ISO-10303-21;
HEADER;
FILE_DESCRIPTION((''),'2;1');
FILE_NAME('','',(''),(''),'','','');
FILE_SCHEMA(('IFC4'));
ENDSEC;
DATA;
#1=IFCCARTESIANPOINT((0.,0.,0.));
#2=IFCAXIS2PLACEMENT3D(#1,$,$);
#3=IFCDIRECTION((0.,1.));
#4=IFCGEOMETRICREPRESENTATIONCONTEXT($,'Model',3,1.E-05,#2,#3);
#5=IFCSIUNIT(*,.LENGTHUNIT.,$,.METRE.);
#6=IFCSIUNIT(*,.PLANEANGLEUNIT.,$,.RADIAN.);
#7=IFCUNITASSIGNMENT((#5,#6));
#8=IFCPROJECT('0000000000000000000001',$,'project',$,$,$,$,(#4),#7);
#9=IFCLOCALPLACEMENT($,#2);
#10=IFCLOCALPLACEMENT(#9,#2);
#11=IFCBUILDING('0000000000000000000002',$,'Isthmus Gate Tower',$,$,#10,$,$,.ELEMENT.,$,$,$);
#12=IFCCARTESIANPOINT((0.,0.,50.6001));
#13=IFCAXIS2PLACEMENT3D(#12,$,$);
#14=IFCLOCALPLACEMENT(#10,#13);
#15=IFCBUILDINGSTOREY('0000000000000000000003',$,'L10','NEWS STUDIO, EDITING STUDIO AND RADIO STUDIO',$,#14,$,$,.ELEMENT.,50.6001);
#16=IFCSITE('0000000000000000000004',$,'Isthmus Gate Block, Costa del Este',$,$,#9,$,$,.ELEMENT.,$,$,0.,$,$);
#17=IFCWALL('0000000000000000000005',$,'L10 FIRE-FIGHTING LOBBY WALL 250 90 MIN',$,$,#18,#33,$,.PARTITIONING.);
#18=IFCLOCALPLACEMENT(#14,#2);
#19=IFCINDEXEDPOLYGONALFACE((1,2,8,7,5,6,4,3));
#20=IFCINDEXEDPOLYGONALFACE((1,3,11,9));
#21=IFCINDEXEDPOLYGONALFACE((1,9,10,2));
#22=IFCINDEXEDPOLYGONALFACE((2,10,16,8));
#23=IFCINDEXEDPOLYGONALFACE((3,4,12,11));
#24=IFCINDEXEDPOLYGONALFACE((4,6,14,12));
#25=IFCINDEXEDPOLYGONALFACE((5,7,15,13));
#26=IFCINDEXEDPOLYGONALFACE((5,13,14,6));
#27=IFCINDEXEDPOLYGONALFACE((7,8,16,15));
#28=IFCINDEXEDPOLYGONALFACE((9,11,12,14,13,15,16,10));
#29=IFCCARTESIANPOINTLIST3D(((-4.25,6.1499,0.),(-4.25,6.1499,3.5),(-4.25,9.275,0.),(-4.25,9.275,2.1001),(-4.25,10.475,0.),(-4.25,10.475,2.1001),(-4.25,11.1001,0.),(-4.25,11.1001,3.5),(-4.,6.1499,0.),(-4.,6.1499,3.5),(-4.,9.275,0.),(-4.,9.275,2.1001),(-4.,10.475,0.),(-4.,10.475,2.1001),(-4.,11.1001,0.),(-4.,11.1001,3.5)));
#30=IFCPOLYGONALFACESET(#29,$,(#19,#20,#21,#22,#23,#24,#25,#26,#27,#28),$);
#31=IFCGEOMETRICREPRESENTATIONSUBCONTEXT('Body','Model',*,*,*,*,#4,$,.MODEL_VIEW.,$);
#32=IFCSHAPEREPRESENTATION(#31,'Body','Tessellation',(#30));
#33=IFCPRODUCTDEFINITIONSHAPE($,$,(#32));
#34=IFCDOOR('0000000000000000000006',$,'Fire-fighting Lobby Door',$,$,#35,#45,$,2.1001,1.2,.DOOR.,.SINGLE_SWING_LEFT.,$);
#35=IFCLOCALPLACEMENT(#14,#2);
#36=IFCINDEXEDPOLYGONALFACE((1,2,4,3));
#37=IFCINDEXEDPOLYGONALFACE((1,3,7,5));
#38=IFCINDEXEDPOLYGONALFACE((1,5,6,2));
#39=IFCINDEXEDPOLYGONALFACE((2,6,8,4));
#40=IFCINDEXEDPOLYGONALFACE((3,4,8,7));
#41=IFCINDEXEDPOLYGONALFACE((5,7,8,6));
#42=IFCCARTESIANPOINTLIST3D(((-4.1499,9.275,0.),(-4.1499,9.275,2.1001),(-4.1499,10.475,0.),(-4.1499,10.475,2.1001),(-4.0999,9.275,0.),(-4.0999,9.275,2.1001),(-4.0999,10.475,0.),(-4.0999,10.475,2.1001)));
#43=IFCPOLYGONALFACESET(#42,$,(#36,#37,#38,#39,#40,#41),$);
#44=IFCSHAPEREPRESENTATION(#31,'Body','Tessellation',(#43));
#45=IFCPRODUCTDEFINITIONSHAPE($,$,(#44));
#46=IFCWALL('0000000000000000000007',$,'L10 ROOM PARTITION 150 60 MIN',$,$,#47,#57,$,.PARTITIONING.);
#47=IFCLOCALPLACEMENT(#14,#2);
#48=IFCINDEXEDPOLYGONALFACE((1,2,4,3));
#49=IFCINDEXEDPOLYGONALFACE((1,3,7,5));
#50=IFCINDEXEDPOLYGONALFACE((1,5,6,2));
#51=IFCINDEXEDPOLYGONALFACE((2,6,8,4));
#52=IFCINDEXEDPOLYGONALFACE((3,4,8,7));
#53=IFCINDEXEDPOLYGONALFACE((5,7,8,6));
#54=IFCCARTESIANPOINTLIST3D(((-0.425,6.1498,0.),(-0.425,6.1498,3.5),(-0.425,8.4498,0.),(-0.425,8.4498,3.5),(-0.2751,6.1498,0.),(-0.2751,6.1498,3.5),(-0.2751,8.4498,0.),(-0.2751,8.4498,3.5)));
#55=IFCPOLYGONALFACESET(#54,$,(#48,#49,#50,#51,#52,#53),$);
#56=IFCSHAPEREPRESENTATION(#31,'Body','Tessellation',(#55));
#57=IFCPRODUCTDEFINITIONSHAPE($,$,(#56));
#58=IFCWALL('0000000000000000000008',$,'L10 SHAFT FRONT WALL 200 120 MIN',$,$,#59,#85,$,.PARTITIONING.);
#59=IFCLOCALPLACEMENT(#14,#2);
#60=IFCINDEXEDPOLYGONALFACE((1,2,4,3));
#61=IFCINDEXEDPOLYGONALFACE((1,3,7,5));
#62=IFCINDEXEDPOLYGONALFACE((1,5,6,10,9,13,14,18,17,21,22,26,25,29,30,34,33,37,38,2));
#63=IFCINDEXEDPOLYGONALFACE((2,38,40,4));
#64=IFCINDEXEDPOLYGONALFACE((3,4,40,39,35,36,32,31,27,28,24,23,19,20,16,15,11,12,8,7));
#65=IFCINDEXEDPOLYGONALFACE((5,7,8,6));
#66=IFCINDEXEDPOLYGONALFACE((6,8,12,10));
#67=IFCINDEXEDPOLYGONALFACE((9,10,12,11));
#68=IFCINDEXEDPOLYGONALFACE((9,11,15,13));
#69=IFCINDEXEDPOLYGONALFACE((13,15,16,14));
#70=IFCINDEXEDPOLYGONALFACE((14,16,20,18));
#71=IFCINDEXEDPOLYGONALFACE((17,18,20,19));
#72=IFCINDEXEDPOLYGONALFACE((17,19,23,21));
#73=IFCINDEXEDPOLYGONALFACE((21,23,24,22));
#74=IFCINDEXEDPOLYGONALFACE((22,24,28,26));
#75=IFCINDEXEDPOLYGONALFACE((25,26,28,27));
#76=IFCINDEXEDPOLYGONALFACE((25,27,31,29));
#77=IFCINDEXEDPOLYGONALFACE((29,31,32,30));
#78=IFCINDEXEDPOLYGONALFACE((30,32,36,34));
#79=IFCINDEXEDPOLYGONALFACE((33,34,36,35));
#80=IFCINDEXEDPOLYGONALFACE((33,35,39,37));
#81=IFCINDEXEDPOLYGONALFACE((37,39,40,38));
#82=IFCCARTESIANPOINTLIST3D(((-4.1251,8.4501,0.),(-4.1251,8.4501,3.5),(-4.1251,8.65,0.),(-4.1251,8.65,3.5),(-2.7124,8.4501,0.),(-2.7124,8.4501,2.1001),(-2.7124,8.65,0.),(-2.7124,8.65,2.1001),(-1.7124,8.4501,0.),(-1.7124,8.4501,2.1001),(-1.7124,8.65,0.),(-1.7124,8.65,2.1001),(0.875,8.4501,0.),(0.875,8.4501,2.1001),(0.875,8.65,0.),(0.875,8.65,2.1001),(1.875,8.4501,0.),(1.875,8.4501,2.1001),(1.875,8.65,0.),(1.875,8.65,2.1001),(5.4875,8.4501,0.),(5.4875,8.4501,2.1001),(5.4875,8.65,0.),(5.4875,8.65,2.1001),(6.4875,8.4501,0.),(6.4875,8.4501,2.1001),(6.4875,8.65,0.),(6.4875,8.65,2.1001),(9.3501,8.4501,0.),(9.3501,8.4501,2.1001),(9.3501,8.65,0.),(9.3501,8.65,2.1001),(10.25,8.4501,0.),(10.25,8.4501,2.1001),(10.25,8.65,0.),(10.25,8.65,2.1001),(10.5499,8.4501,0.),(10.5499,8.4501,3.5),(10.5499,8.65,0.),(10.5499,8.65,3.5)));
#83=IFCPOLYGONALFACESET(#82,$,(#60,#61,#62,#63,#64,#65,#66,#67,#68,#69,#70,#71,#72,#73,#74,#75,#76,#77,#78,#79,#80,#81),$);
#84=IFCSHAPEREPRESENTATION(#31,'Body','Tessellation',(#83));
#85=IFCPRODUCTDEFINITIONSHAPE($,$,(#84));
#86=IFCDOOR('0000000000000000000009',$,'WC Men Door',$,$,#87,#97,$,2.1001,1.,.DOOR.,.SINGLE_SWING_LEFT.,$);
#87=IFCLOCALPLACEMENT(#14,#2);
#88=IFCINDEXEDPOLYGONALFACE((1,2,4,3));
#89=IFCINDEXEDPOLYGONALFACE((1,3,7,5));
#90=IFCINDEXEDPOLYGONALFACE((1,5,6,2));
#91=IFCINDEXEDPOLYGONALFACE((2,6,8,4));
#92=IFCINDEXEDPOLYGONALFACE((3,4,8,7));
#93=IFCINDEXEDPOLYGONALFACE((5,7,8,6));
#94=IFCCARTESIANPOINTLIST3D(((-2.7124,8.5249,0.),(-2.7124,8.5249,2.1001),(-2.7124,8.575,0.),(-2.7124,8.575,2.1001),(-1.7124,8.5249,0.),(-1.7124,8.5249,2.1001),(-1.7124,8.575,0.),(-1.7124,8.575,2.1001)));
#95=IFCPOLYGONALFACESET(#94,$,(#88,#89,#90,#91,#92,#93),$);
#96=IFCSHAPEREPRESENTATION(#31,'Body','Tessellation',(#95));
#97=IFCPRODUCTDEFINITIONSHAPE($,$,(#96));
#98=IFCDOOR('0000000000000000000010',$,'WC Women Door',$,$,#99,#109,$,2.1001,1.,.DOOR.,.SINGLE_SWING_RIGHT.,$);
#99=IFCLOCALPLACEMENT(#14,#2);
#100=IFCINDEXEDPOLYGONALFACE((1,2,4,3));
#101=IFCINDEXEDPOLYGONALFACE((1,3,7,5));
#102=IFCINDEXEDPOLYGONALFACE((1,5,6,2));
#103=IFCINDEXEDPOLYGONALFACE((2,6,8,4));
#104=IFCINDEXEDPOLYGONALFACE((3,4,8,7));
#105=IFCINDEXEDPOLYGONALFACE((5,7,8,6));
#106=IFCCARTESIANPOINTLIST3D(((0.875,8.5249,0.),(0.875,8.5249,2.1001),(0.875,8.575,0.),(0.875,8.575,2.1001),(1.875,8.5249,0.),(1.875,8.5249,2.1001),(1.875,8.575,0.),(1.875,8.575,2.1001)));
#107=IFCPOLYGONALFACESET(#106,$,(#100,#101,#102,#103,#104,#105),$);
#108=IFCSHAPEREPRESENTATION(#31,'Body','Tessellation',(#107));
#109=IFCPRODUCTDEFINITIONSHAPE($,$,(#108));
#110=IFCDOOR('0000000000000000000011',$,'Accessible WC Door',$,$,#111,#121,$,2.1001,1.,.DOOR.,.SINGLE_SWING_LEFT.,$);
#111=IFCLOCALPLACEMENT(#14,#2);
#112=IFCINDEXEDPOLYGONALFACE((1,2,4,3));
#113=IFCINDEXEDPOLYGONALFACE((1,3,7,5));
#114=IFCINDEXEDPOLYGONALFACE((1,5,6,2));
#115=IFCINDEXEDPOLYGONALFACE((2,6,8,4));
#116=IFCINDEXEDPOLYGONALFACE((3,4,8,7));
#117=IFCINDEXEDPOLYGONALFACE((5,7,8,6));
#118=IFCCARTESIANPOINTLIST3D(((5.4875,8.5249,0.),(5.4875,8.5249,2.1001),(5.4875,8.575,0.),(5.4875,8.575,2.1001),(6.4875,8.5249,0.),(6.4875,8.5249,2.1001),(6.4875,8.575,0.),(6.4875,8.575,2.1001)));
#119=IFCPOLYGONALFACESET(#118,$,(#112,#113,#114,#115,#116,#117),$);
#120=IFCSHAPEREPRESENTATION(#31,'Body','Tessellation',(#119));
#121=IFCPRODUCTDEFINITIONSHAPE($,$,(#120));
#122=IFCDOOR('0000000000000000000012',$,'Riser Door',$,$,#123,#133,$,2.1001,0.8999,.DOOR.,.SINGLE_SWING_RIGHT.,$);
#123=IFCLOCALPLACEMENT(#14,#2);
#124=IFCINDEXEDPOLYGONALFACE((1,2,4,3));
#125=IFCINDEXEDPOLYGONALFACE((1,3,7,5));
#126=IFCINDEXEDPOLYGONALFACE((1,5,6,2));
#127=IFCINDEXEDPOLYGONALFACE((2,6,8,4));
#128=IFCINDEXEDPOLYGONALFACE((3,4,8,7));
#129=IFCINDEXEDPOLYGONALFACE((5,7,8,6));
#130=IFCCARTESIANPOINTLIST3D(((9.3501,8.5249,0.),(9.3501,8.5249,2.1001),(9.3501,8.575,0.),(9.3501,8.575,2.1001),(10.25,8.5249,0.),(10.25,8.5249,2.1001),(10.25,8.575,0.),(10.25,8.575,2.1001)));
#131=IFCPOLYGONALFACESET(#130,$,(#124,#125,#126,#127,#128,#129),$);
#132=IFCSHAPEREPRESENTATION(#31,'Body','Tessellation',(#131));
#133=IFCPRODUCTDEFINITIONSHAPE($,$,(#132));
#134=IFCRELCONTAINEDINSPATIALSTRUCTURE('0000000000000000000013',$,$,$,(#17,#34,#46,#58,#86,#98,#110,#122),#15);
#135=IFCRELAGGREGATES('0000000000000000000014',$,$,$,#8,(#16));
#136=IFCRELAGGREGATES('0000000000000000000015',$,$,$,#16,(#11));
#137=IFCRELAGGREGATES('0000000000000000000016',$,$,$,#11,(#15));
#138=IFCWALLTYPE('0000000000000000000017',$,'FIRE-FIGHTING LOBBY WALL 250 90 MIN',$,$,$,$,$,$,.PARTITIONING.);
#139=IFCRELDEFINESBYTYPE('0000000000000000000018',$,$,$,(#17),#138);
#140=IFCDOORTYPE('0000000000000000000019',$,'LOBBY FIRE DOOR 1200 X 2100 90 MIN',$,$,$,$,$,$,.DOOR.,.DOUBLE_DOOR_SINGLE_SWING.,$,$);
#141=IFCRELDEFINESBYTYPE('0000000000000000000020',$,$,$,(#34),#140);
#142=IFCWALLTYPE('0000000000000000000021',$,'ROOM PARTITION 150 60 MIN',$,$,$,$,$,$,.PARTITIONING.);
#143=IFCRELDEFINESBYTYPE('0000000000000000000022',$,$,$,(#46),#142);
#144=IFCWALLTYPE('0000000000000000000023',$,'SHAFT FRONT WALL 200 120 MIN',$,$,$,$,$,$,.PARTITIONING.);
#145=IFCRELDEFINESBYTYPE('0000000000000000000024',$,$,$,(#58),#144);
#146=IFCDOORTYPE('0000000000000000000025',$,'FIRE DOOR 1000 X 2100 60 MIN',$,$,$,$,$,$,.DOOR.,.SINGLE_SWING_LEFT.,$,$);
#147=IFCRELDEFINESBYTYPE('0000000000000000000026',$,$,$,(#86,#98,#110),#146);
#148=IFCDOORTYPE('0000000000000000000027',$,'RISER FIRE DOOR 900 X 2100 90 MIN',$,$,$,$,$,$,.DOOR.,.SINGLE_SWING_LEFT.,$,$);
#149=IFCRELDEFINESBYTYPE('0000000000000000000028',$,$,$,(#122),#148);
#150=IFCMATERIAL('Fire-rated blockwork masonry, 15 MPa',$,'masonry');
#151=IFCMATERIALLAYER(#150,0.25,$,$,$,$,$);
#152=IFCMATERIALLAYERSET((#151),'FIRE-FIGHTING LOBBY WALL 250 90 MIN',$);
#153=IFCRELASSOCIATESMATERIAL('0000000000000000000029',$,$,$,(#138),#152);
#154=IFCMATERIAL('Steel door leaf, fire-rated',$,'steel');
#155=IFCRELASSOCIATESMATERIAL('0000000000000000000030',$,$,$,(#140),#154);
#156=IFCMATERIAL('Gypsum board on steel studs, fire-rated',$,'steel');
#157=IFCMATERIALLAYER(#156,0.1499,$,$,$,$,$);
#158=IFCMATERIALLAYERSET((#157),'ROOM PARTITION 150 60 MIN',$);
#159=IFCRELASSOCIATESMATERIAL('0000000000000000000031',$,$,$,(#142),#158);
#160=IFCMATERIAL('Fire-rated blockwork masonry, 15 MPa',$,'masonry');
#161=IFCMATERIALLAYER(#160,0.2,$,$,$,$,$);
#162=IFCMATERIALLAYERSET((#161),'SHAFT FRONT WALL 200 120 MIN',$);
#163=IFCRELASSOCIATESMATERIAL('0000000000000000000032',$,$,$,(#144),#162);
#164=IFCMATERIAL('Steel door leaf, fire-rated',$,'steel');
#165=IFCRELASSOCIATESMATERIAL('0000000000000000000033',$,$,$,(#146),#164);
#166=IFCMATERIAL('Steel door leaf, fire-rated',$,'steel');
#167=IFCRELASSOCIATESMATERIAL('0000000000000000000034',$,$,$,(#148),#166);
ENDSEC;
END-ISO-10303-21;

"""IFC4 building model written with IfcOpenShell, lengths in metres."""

from ifc_helpers import new_model, si_unit, direction, frame, frame_2d, origin, place, context, subcontext, project, spatial, rectangle, extrude, material, layer, layer_set, type_object, element, fill, save


model = new_model("IFC4")

# Units and contexts
model_context = context("Model", 3, precision=1e-05, world=origin(), true_north=direction((0.0, 1.0)))
body_context = subcontext(model_context, "Body", "Model", "MODEL_VIEW")
ifc_project = project(units=[si_unit("LENGTHUNIT", "METRE"), si_unit("PLANEANGLEUNIT", "RADIAN")], contexts=[model_context])

# Site, building, storey
site_placement = place(None, origin())
site = spatial("IfcSite", under=ifc_project, at=site_placement, Name="Isthmus Gate Block, Costa del Este", CompositionType="ELEMENT", RefElevation=0.0)
building_placement = place(site_placement, origin())
building = spatial("IfcBuilding", under=site, at=building_placement, Name="Isthmus Gate Tower", CompositionType="ELEMENT")
storey_placement = place(building_placement, frame((0.0, 0.0, 50.6001)))
storey = spatial("IfcBuildingStorey", under=building, at=storey_placement, Name="L10", Description="NEWS STUDIO, EDITING STUDIO AND RADIO STUDIO", CompositionType="ELEMENT", Elevation=50.6001)

# Wall, opening, door
ifc_material_1 = material(Name="Fire-rated blockwork masonry, 15 MPa", Category="masonry")
ifc_layer_1 = layer(ifc_material_1, 0.25)
ifc_layer_set_1 = layer_set([ifc_layer_1], Name="FIRE-FIGHTING LOBBY WALL 250 90 MIN")
wall_type_1 = type_object("IfcWallType", Name="FIRE-FIGHTING LOBBY WALL 250 90 MIN", PredefinedType="PARTITIONING", material=ifc_layer_set_1)
wall_1_placement = place(storey_placement, frame((-4.125, 6.1499, 0.0), z_axis=(0.0, 0.0, 1.0), x_axis=(0.0, 1.0, 0.0)))
wall_1 = element("IfcWall", 1, at=wall_1_placement, inside=storey, type_object=wall_type_1, Name="L10 FIRE-FIGHTING LOBBY WALL 250 90 MIN", PredefinedType="PARTITIONING", context=body_context, shape_type="SweptSolid", body=[
    extrude(rectangle(XDim=4.9502, YDim=0.25, at=frame_2d((2.4751, 0.0))), origin(), (0.0, 0.0, 1.0), 3.5),
])
opening_1_placement = place(wall_1_placement, frame((3.125, 0.0, 0.0)))
opening_1 = element("IfcOpeningElement", 2, at=opening_1_placement, cuts=wall_1, PredefinedType="OPENING", context=body_context, shape_type="SweptSolid", body=[
    extrude(rectangle(XDim=1.2, YDim=2.1001, at=frame_2d((0.6001, 1.05))), frame((0.0, 0.135, 0.0), z_axis=(0.0, -1.0, 0.0), x_axis=(1.0, 0.0, 0.0)), (0.0, 0.0, 1.0), 0.27),
])
ifc_material_2 = material(Name="Steel door leaf, fire-rated", Category="steel")
door_type_1 = type_object("IfcDoorType", Name="LOBBY FIRE DOOR 1200 X 2100 90 MIN", OperationType="DOUBLE_DOOR_SINGLE_SWING", PredefinedType="DOOR", material=ifc_material_2)
door_1_placement = place(opening_1_placement, origin())
door_1 = element("IfcDoor", 3, at=door_1_placement, inside=storey, type_object=door_type_1, Name="Fire-fighting Lobby Door", OperationType="SINGLE_SWING_LEFT", OverallHeight=2.1001, OverallWidth=1.2, PredefinedType="DOOR", context=body_context, shape_type="SweptSolid", body=[
    extrude(rectangle(XDim=1.2, YDim=2.1001, at=frame_2d((0.6001, 1.05))), frame((0.0, 0.0249, 0.0), z_axis=(0.0, -1.0, 0.0), x_axis=(1.0, 0.0, 0.0)), (0.0, 0.0, 1.0), 0.05),
])
fill(opening_1, door_1)

# Wall
ifc_material_3 = material(Name="Gypsum board on steel studs, fire-rated", Category="steel")
ifc_layer_2 = layer(ifc_material_3, 0.1499)
ifc_layer_set_2 = layer_set([ifc_layer_2], Name="ROOM PARTITION 150 60 MIN")
wall_type_2 = type_object("IfcWallType", Name="ROOM PARTITION 150 60 MIN", PredefinedType="PARTITIONING", material=ifc_layer_set_2)
wall_2_placement = place(storey_placement, frame((-0.3501, 6.1499, 0.0), z_axis=(0.0, 0.0, 1.0), x_axis=(0.0, 1.0, 0.0)))
element("IfcWall", 4, at=wall_2_placement, inside=storey, type_object=wall_type_2, Name="L10 ROOM PARTITION 150 60 MIN", PredefinedType="PARTITIONING", context=body_context, shape_type="SweptSolid", body=[
    extrude(rectangle(XDim=2.3, YDim=0.1499, at=frame_2d((1.1499, 0.0))), origin(), (0.0, 0.0, 1.0), 3.5),
])

# Wall, openings, doors
ifc_material_4 = material(Name="Fire-rated blockwork masonry, 15 MPa", Category="masonry")
ifc_layer_3 = layer(ifc_material_4, 0.2)
ifc_layer_set_3 = layer_set([ifc_layer_3], Name="SHAFT FRONT WALL 200 120 MIN")
wall_type_3 = type_object("IfcWallType", Name="SHAFT FRONT WALL 200 120 MIN", PredefinedType="PARTITIONING", material=ifc_layer_set_3)
wall_3_placement = place(storey_placement, frame((-4.125, 8.55, 0.0), z_axis=(0.0, 0.0, 1.0), x_axis=(1.0, 0.0, 0.0)))
wall_3 = element("IfcWall", 5, at=wall_3_placement, inside=storey, type_object=wall_type_3, Name="L10 SHAFT FRONT WALL 200 120 MIN", PredefinedType="PARTITIONING", context=body_context, shape_type="SweptSolid", body=[
    extrude(rectangle(XDim=14.675, YDim=0.2, at=frame_2d((7.3374, 0.0))), origin(), (0.0, 0.0, 1.0), 3.5),
])
opening_2_placement = place(wall_3_placement, frame((1.4126, 0.0, 0.0)))
opening_2 = element("IfcOpeningElement", 6, at=opening_2_placement, cuts=wall_3, PredefinedType="OPENING", context=body_context, shape_type="SweptSolid", body=[
    extrude(rectangle(XDim=1.0, YDim=2.1001, at=frame_2d((0.5, 1.05))), frame((0.0, 0.1099, 0.0), z_axis=(0.0, -1.0, 0.0), x_axis=(1.0, 0.0, 0.0)), (0.0, 0.0, 1.0), 0.22),
])
opening_3_placement = place(wall_3_placement, frame((5.0, 0.0, 0.0)))
opening_3 = element("IfcOpeningElement", 7, at=opening_3_placement, cuts=wall_3, PredefinedType="OPENING", context=body_context, shape_type="SweptSolid", body=[
    extrude(rectangle(XDim=1.0, YDim=2.1001, at=frame_2d((0.5, 1.05))), frame((0.0, 0.1099, 0.0), z_axis=(0.0, -1.0, 0.0), x_axis=(1.0, 0.0, 0.0)), (0.0, 0.0, 1.0), 0.22),
])
opening_4_placement = place(wall_3_placement, frame((9.6125, 0.0, 0.0)))
opening_4 = element("IfcOpeningElement", 8, at=opening_4_placement, cuts=wall_3, PredefinedType="OPENING", context=body_context, shape_type="SweptSolid", body=[
    extrude(rectangle(XDim=1.0, YDim=2.1001, at=frame_2d((0.5, 1.05))), frame((0.0, 0.1099, 0.0), z_axis=(0.0, -1.0, 0.0), x_axis=(1.0, 0.0, 0.0)), (0.0, 0.0, 1.0), 0.22),
])
opening_5_placement = place(wall_3_placement, frame((13.4751, 0.0, 0.0)))
opening_5 = element("IfcOpeningElement", 9, at=opening_5_placement, cuts=wall_3, PredefinedType="OPENING", context=body_context, shape_type="SweptSolid", body=[
    extrude(rectangle(XDim=0.8999, YDim=2.1001, at=frame_2d((0.45, 1.05))), frame((0.0, 0.1099, 0.0), z_axis=(0.0, -1.0, 0.0), x_axis=(1.0, 0.0, 0.0)), (0.0, 0.0, 1.0), 0.22),
])
ifc_material_5 = material(Name="Steel door leaf, fire-rated", Category="steel")
door_type_2 = type_object("IfcDoorType", Name="FIRE DOOR 1000 X 2100 60 MIN", OperationType="SINGLE_SWING_LEFT", PredefinedType="DOOR", material=ifc_material_5)
door_2_placement = place(opening_2_placement, origin())
door_2 = element("IfcDoor", 10, at=door_2_placement, inside=storey, type_object=door_type_2, Name="WC Men Door", OperationType="SINGLE_SWING_LEFT", OverallHeight=2.1001, OverallWidth=1.0, PredefinedType="DOOR", context=body_context, shape_type="SweptSolid", body=[
    extrude(rectangle(XDim=1.0, YDim=2.1001, at=frame_2d((0.5, 1.05))), frame((0.0, 0.0249, 0.0), z_axis=(0.0, -1.0, 0.0), x_axis=(1.0, 0.0, 0.0)), (0.0, 0.0, 1.0), 0.05),
])
fill(opening_2, door_2)
door_3_placement = place(opening_3_placement, origin())
door_3 = element("IfcDoor", 11, at=door_3_placement, inside=storey, type_object=door_type_2, Name="WC Women Door", OperationType="SINGLE_SWING_RIGHT", OverallHeight=2.1001, OverallWidth=1.0, PredefinedType="DOOR", context=body_context, shape_type="SweptSolid", body=[
    extrude(rectangle(XDim=1.0, YDim=2.1001, at=frame_2d((0.5, 1.05))), frame((0.0, 0.0249, 0.0), z_axis=(0.0, -1.0, 0.0), x_axis=(1.0, 0.0, 0.0)), (0.0, 0.0, 1.0), 0.05),
])
fill(opening_3, door_3)
door_4_placement = place(opening_4_placement, origin())
door_4 = element("IfcDoor", 12, at=door_4_placement, inside=storey, type_object=door_type_2, Name="Accessible WC Door", OperationType="SINGLE_SWING_LEFT", OverallHeight=2.1001, OverallWidth=1.0, PredefinedType="DOOR", context=body_context, shape_type="SweptSolid", body=[
    extrude(rectangle(XDim=1.0, YDim=2.1001, at=frame_2d((0.5, 1.05))), frame((0.0, 0.0249, 0.0), z_axis=(0.0, -1.0, 0.0), x_axis=(1.0, 0.0, 0.0)), (0.0, 0.0, 1.0), 0.05),
])
fill(opening_4, door_4)
ifc_material_6 = material(Name="Steel door leaf, fire-rated", Category="steel")
door_type_3 = type_object("IfcDoorType", Name="RISER FIRE DOOR 900 X 2100 90 MIN", OperationType="SINGLE_SWING_LEFT", PredefinedType="DOOR", material=ifc_material_6)
door_5_placement = place(opening_5_placement, origin())
door_5 = element("IfcDoor", 13, at=door_5_placement, inside=storey, type_object=door_type_3, Name="Riser Door", OperationType="SINGLE_SWING_RIGHT", OverallHeight=2.1001, OverallWidth=0.8999, PredefinedType="DOOR", context=body_context, shape_type="SweptSolid", body=[
    extrude(rectangle(XDim=0.8999, YDim=2.1001, at=frame_2d((0.45, 1.05))), frame((0.0, 0.0249, 0.0), z_axis=(0.0, -1.0, 0.0), x_axis=(1.0, 0.0, 0.0)), (0.0, 0.0, 1.0), 0.05),
])
fill(opening_5, door_5)

save(model, "model.ifc")
